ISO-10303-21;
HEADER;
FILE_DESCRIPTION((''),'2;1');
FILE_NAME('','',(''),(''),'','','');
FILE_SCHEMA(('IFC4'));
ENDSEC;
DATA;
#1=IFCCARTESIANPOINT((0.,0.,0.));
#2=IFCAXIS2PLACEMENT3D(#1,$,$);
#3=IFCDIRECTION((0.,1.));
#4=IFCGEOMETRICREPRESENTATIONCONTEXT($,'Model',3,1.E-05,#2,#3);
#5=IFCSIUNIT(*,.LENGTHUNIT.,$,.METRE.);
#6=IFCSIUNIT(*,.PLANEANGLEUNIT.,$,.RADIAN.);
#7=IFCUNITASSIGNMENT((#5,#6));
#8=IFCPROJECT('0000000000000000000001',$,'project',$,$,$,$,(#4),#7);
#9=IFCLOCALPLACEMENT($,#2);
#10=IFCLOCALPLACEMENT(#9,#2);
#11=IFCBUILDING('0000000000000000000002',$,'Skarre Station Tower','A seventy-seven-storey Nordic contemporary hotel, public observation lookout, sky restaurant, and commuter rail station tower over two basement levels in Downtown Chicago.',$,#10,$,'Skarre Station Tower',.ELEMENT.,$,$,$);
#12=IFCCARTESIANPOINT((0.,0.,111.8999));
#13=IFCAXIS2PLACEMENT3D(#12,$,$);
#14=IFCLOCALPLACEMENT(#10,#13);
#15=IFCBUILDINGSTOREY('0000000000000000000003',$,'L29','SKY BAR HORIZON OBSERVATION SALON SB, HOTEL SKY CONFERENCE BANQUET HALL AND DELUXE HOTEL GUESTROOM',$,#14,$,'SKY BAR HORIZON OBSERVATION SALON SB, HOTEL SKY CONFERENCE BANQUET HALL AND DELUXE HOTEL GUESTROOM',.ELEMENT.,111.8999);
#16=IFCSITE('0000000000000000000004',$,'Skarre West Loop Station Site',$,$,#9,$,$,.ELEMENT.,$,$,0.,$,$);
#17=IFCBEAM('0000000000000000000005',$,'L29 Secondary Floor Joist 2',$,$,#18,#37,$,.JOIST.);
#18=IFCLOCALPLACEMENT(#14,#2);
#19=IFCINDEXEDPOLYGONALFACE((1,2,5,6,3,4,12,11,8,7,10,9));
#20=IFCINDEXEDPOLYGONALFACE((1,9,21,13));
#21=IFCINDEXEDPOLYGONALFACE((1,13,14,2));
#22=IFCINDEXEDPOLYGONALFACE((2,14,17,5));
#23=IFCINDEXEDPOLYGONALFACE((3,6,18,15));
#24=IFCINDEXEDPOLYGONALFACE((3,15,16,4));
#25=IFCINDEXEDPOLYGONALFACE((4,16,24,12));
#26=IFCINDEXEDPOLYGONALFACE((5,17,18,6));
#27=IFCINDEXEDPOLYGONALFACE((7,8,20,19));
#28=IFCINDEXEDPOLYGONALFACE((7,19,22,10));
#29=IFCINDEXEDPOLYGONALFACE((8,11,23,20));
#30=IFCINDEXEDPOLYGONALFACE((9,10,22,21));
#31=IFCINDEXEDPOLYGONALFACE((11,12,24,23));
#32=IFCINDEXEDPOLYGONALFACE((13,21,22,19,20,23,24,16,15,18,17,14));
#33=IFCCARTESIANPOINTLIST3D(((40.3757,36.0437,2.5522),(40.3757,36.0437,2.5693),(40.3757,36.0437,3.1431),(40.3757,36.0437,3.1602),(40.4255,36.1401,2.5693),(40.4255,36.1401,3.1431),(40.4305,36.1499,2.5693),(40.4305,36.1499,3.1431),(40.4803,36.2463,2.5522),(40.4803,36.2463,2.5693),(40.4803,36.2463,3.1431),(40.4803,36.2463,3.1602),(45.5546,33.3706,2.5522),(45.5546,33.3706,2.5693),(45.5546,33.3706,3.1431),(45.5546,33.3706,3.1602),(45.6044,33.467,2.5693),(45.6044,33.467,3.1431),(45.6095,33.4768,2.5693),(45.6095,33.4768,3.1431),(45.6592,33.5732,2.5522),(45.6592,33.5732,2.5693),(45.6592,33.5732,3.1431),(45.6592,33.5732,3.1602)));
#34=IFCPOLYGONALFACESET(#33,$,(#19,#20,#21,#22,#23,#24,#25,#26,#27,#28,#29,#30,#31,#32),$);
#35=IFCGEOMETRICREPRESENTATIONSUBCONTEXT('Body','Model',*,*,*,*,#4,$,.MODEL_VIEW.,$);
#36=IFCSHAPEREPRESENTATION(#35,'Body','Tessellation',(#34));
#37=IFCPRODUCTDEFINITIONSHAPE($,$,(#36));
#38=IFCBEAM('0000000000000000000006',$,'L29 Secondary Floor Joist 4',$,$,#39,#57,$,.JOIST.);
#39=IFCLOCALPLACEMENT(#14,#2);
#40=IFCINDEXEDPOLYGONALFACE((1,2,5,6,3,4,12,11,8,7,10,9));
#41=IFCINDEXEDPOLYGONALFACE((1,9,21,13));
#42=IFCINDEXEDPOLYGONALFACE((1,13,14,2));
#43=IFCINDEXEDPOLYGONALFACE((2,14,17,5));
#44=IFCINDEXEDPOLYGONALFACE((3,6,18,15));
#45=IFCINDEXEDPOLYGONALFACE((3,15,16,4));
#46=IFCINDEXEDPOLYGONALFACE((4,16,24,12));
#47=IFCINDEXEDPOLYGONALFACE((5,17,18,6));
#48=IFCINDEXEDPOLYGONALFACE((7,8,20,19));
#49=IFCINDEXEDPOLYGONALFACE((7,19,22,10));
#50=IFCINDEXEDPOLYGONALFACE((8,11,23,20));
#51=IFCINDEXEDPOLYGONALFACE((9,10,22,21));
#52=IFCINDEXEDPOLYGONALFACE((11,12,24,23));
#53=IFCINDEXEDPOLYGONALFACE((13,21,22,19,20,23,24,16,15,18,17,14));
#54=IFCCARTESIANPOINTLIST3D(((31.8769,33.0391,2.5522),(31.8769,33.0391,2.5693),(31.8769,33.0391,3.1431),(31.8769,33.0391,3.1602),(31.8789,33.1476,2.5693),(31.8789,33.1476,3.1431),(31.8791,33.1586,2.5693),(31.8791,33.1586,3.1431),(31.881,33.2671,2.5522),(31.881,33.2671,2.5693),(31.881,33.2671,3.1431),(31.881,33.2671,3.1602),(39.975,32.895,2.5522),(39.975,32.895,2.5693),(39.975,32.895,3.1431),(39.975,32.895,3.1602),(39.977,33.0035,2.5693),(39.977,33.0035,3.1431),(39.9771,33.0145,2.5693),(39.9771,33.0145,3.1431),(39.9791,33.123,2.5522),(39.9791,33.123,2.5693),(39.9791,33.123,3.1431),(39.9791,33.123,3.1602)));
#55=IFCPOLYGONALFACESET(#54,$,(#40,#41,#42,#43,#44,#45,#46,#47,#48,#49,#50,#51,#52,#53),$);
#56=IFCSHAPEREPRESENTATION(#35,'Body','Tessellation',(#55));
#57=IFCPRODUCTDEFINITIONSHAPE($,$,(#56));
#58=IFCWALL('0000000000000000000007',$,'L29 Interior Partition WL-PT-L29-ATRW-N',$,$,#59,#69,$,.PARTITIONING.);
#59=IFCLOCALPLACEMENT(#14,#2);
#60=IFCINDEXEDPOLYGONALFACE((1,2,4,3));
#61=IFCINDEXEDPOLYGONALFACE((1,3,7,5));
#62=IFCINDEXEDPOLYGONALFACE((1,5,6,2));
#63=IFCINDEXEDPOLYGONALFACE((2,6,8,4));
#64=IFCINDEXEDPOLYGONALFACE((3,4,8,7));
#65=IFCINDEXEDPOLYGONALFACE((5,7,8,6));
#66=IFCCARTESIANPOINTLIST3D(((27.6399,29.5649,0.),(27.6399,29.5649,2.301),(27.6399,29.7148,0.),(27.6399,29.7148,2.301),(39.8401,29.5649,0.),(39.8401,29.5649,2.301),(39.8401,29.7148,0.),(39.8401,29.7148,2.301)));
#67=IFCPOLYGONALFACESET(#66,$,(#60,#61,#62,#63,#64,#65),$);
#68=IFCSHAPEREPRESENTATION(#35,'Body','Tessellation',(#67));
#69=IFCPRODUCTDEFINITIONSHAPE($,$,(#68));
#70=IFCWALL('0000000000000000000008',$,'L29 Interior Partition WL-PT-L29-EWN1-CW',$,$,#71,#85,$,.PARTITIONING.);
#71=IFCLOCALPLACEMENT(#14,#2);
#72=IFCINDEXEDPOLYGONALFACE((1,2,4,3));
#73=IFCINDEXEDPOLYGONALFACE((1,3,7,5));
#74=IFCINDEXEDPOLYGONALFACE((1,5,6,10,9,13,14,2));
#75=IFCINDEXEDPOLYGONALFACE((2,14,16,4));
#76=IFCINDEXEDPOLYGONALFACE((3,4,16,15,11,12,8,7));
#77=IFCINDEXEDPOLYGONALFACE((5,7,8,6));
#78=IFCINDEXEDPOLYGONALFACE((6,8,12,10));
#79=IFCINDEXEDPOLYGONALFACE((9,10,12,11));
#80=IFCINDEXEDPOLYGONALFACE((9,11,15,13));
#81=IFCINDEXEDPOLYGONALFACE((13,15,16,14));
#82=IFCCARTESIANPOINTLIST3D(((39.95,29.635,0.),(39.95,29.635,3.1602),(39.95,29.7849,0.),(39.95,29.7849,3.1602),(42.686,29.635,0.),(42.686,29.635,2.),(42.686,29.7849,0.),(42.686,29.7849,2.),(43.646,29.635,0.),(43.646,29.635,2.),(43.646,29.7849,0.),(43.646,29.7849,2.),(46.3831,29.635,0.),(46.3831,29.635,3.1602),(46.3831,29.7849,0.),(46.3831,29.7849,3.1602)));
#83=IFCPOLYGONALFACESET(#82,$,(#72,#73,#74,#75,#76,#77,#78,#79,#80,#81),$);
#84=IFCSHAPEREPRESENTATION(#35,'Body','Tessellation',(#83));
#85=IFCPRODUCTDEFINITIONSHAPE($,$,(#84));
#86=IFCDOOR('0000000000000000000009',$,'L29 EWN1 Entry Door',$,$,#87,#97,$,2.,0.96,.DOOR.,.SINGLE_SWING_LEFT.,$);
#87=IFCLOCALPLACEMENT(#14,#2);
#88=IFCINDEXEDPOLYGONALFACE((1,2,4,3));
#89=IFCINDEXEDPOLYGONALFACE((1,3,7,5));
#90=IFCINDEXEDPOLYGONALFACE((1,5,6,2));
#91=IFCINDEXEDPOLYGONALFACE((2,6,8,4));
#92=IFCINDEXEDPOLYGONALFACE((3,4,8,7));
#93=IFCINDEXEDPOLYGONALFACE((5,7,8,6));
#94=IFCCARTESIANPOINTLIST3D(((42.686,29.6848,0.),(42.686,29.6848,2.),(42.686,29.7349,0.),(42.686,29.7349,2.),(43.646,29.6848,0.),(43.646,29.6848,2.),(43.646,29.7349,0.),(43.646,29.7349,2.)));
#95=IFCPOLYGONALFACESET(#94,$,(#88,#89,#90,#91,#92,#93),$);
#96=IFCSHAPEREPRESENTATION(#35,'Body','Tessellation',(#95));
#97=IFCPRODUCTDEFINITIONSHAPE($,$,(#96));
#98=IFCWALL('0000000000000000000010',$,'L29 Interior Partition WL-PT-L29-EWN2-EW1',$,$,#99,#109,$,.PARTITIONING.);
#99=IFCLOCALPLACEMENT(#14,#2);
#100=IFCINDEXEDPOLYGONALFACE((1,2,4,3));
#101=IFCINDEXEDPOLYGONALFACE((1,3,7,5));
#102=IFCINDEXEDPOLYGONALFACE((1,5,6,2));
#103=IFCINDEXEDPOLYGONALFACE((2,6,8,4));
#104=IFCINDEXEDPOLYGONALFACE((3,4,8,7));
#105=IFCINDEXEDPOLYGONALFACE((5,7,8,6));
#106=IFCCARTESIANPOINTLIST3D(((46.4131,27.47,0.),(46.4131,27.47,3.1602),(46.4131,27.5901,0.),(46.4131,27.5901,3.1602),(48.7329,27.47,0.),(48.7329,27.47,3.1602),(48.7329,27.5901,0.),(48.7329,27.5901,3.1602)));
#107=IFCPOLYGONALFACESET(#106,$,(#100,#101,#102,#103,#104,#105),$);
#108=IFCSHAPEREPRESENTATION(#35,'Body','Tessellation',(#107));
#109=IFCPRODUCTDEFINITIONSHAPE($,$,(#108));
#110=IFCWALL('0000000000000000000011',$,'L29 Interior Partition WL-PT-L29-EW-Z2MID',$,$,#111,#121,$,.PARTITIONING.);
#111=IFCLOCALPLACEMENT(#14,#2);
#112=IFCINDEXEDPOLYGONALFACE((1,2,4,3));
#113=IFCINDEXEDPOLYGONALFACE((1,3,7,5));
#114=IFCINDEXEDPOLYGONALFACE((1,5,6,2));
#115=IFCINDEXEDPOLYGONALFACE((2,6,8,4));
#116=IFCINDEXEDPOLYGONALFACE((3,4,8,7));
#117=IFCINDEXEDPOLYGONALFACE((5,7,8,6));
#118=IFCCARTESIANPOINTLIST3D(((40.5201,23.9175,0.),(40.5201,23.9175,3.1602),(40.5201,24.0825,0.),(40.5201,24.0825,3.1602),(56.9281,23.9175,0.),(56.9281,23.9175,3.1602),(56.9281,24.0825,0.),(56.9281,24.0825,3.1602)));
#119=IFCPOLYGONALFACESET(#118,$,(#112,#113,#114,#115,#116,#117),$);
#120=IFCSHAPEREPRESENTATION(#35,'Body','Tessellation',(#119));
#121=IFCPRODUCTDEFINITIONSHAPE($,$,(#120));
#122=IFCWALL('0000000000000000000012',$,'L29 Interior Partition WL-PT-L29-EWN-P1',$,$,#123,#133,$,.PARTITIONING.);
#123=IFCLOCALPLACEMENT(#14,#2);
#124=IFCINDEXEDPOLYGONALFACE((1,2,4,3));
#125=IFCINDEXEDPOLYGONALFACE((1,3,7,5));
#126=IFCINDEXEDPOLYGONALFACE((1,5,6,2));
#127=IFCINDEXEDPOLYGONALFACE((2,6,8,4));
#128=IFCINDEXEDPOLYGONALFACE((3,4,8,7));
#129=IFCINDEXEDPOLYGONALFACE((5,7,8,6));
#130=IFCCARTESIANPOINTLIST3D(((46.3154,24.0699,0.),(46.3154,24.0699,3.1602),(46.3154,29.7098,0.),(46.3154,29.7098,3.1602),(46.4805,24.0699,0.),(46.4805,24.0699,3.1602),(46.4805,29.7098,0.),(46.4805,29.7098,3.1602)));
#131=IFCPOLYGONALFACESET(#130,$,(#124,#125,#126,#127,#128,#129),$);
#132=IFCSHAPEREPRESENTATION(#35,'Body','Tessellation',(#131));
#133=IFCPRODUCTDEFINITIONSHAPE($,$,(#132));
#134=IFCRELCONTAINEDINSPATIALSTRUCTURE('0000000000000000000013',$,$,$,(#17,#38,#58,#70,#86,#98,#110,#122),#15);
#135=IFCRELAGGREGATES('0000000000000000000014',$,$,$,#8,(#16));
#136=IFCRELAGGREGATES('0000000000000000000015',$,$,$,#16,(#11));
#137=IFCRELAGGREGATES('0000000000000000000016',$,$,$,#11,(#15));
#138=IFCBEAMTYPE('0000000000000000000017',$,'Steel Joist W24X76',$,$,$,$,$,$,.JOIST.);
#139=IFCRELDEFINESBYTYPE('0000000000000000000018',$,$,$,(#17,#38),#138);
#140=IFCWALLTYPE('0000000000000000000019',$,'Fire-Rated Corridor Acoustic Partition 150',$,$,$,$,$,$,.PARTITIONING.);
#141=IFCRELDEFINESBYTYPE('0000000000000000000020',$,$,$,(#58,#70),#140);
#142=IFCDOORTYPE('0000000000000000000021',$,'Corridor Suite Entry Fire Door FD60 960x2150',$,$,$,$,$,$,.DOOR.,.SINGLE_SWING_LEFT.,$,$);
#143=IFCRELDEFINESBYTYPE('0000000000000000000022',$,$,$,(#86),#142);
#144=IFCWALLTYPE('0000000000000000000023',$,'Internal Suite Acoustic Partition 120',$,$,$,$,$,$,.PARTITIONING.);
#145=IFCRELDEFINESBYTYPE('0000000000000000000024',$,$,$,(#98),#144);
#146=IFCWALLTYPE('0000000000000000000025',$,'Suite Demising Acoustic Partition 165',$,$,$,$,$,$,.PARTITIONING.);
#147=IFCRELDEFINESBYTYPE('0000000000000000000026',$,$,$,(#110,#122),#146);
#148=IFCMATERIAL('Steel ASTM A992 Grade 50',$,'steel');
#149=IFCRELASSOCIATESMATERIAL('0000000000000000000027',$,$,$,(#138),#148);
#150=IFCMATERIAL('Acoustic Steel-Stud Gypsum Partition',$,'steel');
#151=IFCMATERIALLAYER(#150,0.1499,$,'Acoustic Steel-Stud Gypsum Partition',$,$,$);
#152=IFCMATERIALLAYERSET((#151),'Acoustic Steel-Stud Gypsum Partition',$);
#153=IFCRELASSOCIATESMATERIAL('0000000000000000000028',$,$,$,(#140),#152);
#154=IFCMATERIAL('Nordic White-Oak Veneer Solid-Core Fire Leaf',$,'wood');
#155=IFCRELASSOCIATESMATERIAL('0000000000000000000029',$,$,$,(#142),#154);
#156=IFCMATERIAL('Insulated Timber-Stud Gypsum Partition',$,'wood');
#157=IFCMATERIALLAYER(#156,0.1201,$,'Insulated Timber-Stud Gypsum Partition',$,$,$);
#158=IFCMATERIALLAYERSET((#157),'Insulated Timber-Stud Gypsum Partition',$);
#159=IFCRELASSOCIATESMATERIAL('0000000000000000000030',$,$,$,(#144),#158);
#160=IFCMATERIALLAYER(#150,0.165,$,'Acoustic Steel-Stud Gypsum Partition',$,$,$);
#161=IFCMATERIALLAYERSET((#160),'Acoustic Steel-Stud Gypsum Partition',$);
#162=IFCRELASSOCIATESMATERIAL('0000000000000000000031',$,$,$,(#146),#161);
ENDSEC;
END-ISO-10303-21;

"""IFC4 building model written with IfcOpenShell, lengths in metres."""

from ifc_helpers import new_model, si_unit, direction, frame, frame_2d, origin, origin_2d, place, context, subcontext, project, spatial, rectangle, i_section, extrude, material, layer, layer_set, material_profile, profile_set, type_object, element, fill, save


model = new_model("IFC4")

# Units and contexts
model_context = context("Model", 3, precision=1e-05, world=origin(), true_north=direction((0.0, 1.0)))
body_context = subcontext(model_context, "Body", "Model", "MODEL_VIEW")
ifc_project = project(units=[si_unit("LENGTHUNIT", "METRE"), si_unit("PLANEANGLEUNIT", "RADIAN")], contexts=[model_context])

# Site, building, storey
site_placement = place(None, origin())
site = spatial("IfcSite", under=ifc_project, at=site_placement, Name="Skarre West Loop Station Site", CompositionType="ELEMENT", RefElevation=0.0)
building_placement = place(site_placement, origin())
building = spatial("IfcBuilding", under=site, at=building_placement, Name="Skarre Station Tower", Description="A seventy-seven-storey Nordic contemporary hotel, public observation lookout, sky restaurant, and commuter rail station tower over two basement levels in Downtown Chicago.", LongName="Skarre Station Tower", CompositionType="ELEMENT")
storey_placement = place(building_placement, frame((0.0, 0.0, 111.8999)))
storey = spatial("IfcBuildingStorey", under=building, at=storey_placement, Name="L29", Description="SKY BAR HORIZON OBSERVATION SALON SB, HOTEL SKY CONFERENCE BANQUET HALL AND DELUXE HOTEL GUESTROOM", LongName="SKY BAR HORIZON OBSERVATION SALON SB, HOTEL SKY CONFERENCE BANQUET HALL AND DELUXE HOTEL GUESTROOM", CompositionType="ELEMENT", Elevation=111.8999)

# Beams
ifc_material_1 = material(Name="Steel ASTM A992 Grade 50", Category="steel")
ifc_material_profile_1 = material_profile(ifc_material_1, i_section(OverallWidth=0.228, OverallDepth=0.6079, WebThickness=0.011, FlangeThickness=0.0171, at=origin_2d()), Name="Steel ASTM A992 Grade 50")
ifc_profile_set_1 = profile_set([ifc_material_profile_1], Name="Steel ASTM A992 Grade 50")
beam_type_1 = type_object("IfcBeamType", Name="Steel Joist W24X76", PredefinedType="JOIST", material=ifc_profile_set_1)
beam_1_placement = place(storey_placement, frame((45.6069, 33.4719, 2.8562), z_axis=(-0.888615, 0.458655, 0.0), x_axis=(-0.458655, -0.888615, 0.0)))
element("IfcBeam", 1, at=beam_1_placement, inside=storey, type_object=beam_type_1, Name="L29 Secondary Floor Joist 2", PredefinedType="JOIST", context=body_context, shape_type="SweptSolid", body=[
    extrude(i_section(OverallWidth=0.228, OverallDepth=0.6079, WebThickness=0.011, FlangeThickness=0.0171, at=origin_2d()), origin(), (0.0, 0.0, 1.0), 5.8281),
])
beam_2_placement = place(storey_placement, frame((39.9771, 33.009, 2.8562), z_axis=(-0.999842, 0.017784, 0.0), x_axis=(-0.017784, -0.999842, 0.0)))
element("IfcBeam", 2, at=beam_2_placement, inside=storey, type_object=beam_type_1, Name="L29 Secondary Floor Joist 4", PredefinedType="JOIST", context=body_context, shape_type="SweptSolid", body=[
    extrude(i_section(OverallWidth=0.228, OverallDepth=0.6079, WebThickness=0.011, FlangeThickness=0.0171, at=origin_2d()), origin(), (0.0, 0.0, 1.0), 8.0994),
])

# Wall
ifc_material_2 = material(Name="Acoustic Steel-Stud Gypsum Partition", Category="steel")
ifc_layer_1 = layer(ifc_material_2, 0.1499, Name="Acoustic Steel-Stud Gypsum Partition")
ifc_layer_set_1 = layer_set([ifc_layer_1], Name="Acoustic Steel-Stud Gypsum Partition")
wall_type_1 = type_object("IfcWallType", Name="Fire-Rated Corridor Acoustic Partition 150", PredefinedType="PARTITIONING", material=ifc_layer_set_1)
wall_1_placement = place(storey_placement, frame((39.8401, 29.6399, 0.0), z_axis=(0.0, 0.0, 1.0), x_axis=(-1.0, 0.0, 0.0)))
element("IfcWall", 3, at=wall_1_placement, inside=storey, type_object=wall_type_1, Name="L29 Interior Partition WL-PT-L29-ATRW-N", PredefinedType="PARTITIONING", context=body_context, shape_type="SweptSolid", body=[
    extrude(rectangle(XDim=12.2002, YDim=0.1499, at=frame_2d((6.1001, 0.0))), origin(), (0.0, 0.0, 1.0), 2.301),
])

# Wall, opening, door
wall_2_placement = place(storey_placement, frame((39.95, 29.71, 0.0), z_axis=(0.0, 0.0, 1.0), x_axis=(1.0, 0.0, 0.0)))
wall_2 = element("IfcWall", 4, at=wall_2_placement, inside=storey, type_object=wall_type_1, Name="L29 Interior Partition WL-PT-L29-EWN1-CW", PredefinedType="PARTITIONING", context=body_context, shape_type="SweptSolid", body=[
    extrude(rectangle(XDim=6.4331, YDim=0.1499, at=frame_2d((3.2166, 0.0))), origin(), (0.0, 0.0, 1.0), 3.1602),
])
opening_placement = place(wall_2_placement, frame((2.7361, 0.0, 0.0)))
opening = element("IfcOpeningElement", 5, at=opening_placement, cuts=wall_2, PredefinedType="OPENING", context=body_context, shape_type="SweptSolid", body=[
    extrude(rectangle(XDim=0.96, YDim=2.0, at=frame_2d((0.48, 1.0))), frame((0.0, 0.085, 0.0), z_axis=(0.0, -1.0, 0.0), x_axis=(1.0, 0.0, 0.0)), (0.0, 0.0, 1.0), 0.1699),
])
ifc_material_3 = material(Name="Nordic White-Oak Veneer Solid-Core Fire Leaf", Category="wood")
door_type = type_object("IfcDoorType", Name="Corridor Suite Entry Fire Door FD60 960x2150", OperationType="SINGLE_SWING_LEFT", PredefinedType="DOOR", material=ifc_material_3)
door_placement = place(opening_placement, origin())
door = element("IfcDoor", 6, at=door_placement, inside=storey, type_object=door_type, Name="L29 EWN1 Entry Door", OperationType="SINGLE_SWING_LEFT", OverallHeight=2.0, OverallWidth=0.96, PredefinedType="DOOR", context=body_context, shape_type="SweptSolid", body=[
    extrude(rectangle(XDim=0.96, YDim=2.0, at=frame_2d((0.48, 1.0))), frame((0.0, 0.0249, 0.0), z_axis=(0.0, -1.0, 0.0), x_axis=(1.0, 0.0, 0.0)), (0.0, 0.0, 1.0), 0.05),
])
fill(opening, door)

# Walls
ifc_material_4 = material(Name="Insulated Timber-Stud Gypsum Partition", Category="wood")
ifc_layer_2 = layer(ifc_material_4, 0.1201, Name="Insulated Timber-Stud Gypsum Partition")
ifc_layer_set_2 = layer_set([ifc_layer_2], Name="Insulated Timber-Stud Gypsum Partition")
wall_type_2 = type_object("IfcWallType", Name="Internal Suite Acoustic Partition 120", PredefinedType="PARTITIONING", material=ifc_layer_set_2)
wall_3_placement = place(storey_placement, frame((46.4131, 27.53, 0.0), z_axis=(0.0, 0.0, 1.0), x_axis=(1.0, 0.0, 0.0)))
element("IfcWall", 7, at=wall_3_placement, inside=storey, type_object=wall_type_2, Name="L29 Interior Partition WL-PT-L29-EWN2-EW1", PredefinedType="PARTITIONING", context=body_context, shape_type="SweptSolid", body=[
    extrude(rectangle(XDim=2.3198, YDim=0.1201, at=frame_2d((1.1599, 0.0))), origin(), (0.0, 0.0, 1.0), 3.1602),
])
ifc_layer_3 = layer(ifc_material_2, 0.165, Name="Acoustic Steel-Stud Gypsum Partition")
ifc_layer_set_3 = layer_set([ifc_layer_3], Name="Acoustic Steel-Stud Gypsum Partition")
wall_type_3 = type_object("IfcWallType", Name="Suite Demising Acoustic Partition 165", PredefinedType="PARTITIONING", material=ifc_layer_set_3)
wall_4_placement = place(storey_placement, frame((40.52, 24.0, 0.0), z_axis=(0.0, 0.0, 1.0), x_axis=(1.0, 0.0, 0.0)))
element("IfcWall", 8, at=wall_4_placement, inside=storey, type_object=wall_type_3, Name="L29 Interior Partition WL-PT-L29-EW-Z2MID", PredefinedType="PARTITIONING", context=body_context, shape_type="SweptSolid", body=[
    extrude(rectangle(XDim=16.408, YDim=0.165, at=frame_2d((8.2041, 0.0))), origin(), (0.0, 0.0, 1.0), 3.1602),
])
wall_5_placement = place(storey_placement, frame((46.3979, 24.0701, 0.0), z_axis=(0.0, 0.0, 1.0), x_axis=(0.0, 1.0, 0.0)))
element("IfcWall", 9, at=wall_5_placement, inside=storey, type_object=wall_type_3, Name="L29 Interior Partition WL-PT-L29-EWN-P1", PredefinedType="PARTITIONING", context=body_context, shape_type="SweptSolid", body=[
    extrude(rectangle(XDim=5.6399, YDim=0.165, at=frame_2d((2.8198, 0.0))), origin(), (0.0, 0.0, 1.0), 3.1602),
])

save(model, "model.ifc")
